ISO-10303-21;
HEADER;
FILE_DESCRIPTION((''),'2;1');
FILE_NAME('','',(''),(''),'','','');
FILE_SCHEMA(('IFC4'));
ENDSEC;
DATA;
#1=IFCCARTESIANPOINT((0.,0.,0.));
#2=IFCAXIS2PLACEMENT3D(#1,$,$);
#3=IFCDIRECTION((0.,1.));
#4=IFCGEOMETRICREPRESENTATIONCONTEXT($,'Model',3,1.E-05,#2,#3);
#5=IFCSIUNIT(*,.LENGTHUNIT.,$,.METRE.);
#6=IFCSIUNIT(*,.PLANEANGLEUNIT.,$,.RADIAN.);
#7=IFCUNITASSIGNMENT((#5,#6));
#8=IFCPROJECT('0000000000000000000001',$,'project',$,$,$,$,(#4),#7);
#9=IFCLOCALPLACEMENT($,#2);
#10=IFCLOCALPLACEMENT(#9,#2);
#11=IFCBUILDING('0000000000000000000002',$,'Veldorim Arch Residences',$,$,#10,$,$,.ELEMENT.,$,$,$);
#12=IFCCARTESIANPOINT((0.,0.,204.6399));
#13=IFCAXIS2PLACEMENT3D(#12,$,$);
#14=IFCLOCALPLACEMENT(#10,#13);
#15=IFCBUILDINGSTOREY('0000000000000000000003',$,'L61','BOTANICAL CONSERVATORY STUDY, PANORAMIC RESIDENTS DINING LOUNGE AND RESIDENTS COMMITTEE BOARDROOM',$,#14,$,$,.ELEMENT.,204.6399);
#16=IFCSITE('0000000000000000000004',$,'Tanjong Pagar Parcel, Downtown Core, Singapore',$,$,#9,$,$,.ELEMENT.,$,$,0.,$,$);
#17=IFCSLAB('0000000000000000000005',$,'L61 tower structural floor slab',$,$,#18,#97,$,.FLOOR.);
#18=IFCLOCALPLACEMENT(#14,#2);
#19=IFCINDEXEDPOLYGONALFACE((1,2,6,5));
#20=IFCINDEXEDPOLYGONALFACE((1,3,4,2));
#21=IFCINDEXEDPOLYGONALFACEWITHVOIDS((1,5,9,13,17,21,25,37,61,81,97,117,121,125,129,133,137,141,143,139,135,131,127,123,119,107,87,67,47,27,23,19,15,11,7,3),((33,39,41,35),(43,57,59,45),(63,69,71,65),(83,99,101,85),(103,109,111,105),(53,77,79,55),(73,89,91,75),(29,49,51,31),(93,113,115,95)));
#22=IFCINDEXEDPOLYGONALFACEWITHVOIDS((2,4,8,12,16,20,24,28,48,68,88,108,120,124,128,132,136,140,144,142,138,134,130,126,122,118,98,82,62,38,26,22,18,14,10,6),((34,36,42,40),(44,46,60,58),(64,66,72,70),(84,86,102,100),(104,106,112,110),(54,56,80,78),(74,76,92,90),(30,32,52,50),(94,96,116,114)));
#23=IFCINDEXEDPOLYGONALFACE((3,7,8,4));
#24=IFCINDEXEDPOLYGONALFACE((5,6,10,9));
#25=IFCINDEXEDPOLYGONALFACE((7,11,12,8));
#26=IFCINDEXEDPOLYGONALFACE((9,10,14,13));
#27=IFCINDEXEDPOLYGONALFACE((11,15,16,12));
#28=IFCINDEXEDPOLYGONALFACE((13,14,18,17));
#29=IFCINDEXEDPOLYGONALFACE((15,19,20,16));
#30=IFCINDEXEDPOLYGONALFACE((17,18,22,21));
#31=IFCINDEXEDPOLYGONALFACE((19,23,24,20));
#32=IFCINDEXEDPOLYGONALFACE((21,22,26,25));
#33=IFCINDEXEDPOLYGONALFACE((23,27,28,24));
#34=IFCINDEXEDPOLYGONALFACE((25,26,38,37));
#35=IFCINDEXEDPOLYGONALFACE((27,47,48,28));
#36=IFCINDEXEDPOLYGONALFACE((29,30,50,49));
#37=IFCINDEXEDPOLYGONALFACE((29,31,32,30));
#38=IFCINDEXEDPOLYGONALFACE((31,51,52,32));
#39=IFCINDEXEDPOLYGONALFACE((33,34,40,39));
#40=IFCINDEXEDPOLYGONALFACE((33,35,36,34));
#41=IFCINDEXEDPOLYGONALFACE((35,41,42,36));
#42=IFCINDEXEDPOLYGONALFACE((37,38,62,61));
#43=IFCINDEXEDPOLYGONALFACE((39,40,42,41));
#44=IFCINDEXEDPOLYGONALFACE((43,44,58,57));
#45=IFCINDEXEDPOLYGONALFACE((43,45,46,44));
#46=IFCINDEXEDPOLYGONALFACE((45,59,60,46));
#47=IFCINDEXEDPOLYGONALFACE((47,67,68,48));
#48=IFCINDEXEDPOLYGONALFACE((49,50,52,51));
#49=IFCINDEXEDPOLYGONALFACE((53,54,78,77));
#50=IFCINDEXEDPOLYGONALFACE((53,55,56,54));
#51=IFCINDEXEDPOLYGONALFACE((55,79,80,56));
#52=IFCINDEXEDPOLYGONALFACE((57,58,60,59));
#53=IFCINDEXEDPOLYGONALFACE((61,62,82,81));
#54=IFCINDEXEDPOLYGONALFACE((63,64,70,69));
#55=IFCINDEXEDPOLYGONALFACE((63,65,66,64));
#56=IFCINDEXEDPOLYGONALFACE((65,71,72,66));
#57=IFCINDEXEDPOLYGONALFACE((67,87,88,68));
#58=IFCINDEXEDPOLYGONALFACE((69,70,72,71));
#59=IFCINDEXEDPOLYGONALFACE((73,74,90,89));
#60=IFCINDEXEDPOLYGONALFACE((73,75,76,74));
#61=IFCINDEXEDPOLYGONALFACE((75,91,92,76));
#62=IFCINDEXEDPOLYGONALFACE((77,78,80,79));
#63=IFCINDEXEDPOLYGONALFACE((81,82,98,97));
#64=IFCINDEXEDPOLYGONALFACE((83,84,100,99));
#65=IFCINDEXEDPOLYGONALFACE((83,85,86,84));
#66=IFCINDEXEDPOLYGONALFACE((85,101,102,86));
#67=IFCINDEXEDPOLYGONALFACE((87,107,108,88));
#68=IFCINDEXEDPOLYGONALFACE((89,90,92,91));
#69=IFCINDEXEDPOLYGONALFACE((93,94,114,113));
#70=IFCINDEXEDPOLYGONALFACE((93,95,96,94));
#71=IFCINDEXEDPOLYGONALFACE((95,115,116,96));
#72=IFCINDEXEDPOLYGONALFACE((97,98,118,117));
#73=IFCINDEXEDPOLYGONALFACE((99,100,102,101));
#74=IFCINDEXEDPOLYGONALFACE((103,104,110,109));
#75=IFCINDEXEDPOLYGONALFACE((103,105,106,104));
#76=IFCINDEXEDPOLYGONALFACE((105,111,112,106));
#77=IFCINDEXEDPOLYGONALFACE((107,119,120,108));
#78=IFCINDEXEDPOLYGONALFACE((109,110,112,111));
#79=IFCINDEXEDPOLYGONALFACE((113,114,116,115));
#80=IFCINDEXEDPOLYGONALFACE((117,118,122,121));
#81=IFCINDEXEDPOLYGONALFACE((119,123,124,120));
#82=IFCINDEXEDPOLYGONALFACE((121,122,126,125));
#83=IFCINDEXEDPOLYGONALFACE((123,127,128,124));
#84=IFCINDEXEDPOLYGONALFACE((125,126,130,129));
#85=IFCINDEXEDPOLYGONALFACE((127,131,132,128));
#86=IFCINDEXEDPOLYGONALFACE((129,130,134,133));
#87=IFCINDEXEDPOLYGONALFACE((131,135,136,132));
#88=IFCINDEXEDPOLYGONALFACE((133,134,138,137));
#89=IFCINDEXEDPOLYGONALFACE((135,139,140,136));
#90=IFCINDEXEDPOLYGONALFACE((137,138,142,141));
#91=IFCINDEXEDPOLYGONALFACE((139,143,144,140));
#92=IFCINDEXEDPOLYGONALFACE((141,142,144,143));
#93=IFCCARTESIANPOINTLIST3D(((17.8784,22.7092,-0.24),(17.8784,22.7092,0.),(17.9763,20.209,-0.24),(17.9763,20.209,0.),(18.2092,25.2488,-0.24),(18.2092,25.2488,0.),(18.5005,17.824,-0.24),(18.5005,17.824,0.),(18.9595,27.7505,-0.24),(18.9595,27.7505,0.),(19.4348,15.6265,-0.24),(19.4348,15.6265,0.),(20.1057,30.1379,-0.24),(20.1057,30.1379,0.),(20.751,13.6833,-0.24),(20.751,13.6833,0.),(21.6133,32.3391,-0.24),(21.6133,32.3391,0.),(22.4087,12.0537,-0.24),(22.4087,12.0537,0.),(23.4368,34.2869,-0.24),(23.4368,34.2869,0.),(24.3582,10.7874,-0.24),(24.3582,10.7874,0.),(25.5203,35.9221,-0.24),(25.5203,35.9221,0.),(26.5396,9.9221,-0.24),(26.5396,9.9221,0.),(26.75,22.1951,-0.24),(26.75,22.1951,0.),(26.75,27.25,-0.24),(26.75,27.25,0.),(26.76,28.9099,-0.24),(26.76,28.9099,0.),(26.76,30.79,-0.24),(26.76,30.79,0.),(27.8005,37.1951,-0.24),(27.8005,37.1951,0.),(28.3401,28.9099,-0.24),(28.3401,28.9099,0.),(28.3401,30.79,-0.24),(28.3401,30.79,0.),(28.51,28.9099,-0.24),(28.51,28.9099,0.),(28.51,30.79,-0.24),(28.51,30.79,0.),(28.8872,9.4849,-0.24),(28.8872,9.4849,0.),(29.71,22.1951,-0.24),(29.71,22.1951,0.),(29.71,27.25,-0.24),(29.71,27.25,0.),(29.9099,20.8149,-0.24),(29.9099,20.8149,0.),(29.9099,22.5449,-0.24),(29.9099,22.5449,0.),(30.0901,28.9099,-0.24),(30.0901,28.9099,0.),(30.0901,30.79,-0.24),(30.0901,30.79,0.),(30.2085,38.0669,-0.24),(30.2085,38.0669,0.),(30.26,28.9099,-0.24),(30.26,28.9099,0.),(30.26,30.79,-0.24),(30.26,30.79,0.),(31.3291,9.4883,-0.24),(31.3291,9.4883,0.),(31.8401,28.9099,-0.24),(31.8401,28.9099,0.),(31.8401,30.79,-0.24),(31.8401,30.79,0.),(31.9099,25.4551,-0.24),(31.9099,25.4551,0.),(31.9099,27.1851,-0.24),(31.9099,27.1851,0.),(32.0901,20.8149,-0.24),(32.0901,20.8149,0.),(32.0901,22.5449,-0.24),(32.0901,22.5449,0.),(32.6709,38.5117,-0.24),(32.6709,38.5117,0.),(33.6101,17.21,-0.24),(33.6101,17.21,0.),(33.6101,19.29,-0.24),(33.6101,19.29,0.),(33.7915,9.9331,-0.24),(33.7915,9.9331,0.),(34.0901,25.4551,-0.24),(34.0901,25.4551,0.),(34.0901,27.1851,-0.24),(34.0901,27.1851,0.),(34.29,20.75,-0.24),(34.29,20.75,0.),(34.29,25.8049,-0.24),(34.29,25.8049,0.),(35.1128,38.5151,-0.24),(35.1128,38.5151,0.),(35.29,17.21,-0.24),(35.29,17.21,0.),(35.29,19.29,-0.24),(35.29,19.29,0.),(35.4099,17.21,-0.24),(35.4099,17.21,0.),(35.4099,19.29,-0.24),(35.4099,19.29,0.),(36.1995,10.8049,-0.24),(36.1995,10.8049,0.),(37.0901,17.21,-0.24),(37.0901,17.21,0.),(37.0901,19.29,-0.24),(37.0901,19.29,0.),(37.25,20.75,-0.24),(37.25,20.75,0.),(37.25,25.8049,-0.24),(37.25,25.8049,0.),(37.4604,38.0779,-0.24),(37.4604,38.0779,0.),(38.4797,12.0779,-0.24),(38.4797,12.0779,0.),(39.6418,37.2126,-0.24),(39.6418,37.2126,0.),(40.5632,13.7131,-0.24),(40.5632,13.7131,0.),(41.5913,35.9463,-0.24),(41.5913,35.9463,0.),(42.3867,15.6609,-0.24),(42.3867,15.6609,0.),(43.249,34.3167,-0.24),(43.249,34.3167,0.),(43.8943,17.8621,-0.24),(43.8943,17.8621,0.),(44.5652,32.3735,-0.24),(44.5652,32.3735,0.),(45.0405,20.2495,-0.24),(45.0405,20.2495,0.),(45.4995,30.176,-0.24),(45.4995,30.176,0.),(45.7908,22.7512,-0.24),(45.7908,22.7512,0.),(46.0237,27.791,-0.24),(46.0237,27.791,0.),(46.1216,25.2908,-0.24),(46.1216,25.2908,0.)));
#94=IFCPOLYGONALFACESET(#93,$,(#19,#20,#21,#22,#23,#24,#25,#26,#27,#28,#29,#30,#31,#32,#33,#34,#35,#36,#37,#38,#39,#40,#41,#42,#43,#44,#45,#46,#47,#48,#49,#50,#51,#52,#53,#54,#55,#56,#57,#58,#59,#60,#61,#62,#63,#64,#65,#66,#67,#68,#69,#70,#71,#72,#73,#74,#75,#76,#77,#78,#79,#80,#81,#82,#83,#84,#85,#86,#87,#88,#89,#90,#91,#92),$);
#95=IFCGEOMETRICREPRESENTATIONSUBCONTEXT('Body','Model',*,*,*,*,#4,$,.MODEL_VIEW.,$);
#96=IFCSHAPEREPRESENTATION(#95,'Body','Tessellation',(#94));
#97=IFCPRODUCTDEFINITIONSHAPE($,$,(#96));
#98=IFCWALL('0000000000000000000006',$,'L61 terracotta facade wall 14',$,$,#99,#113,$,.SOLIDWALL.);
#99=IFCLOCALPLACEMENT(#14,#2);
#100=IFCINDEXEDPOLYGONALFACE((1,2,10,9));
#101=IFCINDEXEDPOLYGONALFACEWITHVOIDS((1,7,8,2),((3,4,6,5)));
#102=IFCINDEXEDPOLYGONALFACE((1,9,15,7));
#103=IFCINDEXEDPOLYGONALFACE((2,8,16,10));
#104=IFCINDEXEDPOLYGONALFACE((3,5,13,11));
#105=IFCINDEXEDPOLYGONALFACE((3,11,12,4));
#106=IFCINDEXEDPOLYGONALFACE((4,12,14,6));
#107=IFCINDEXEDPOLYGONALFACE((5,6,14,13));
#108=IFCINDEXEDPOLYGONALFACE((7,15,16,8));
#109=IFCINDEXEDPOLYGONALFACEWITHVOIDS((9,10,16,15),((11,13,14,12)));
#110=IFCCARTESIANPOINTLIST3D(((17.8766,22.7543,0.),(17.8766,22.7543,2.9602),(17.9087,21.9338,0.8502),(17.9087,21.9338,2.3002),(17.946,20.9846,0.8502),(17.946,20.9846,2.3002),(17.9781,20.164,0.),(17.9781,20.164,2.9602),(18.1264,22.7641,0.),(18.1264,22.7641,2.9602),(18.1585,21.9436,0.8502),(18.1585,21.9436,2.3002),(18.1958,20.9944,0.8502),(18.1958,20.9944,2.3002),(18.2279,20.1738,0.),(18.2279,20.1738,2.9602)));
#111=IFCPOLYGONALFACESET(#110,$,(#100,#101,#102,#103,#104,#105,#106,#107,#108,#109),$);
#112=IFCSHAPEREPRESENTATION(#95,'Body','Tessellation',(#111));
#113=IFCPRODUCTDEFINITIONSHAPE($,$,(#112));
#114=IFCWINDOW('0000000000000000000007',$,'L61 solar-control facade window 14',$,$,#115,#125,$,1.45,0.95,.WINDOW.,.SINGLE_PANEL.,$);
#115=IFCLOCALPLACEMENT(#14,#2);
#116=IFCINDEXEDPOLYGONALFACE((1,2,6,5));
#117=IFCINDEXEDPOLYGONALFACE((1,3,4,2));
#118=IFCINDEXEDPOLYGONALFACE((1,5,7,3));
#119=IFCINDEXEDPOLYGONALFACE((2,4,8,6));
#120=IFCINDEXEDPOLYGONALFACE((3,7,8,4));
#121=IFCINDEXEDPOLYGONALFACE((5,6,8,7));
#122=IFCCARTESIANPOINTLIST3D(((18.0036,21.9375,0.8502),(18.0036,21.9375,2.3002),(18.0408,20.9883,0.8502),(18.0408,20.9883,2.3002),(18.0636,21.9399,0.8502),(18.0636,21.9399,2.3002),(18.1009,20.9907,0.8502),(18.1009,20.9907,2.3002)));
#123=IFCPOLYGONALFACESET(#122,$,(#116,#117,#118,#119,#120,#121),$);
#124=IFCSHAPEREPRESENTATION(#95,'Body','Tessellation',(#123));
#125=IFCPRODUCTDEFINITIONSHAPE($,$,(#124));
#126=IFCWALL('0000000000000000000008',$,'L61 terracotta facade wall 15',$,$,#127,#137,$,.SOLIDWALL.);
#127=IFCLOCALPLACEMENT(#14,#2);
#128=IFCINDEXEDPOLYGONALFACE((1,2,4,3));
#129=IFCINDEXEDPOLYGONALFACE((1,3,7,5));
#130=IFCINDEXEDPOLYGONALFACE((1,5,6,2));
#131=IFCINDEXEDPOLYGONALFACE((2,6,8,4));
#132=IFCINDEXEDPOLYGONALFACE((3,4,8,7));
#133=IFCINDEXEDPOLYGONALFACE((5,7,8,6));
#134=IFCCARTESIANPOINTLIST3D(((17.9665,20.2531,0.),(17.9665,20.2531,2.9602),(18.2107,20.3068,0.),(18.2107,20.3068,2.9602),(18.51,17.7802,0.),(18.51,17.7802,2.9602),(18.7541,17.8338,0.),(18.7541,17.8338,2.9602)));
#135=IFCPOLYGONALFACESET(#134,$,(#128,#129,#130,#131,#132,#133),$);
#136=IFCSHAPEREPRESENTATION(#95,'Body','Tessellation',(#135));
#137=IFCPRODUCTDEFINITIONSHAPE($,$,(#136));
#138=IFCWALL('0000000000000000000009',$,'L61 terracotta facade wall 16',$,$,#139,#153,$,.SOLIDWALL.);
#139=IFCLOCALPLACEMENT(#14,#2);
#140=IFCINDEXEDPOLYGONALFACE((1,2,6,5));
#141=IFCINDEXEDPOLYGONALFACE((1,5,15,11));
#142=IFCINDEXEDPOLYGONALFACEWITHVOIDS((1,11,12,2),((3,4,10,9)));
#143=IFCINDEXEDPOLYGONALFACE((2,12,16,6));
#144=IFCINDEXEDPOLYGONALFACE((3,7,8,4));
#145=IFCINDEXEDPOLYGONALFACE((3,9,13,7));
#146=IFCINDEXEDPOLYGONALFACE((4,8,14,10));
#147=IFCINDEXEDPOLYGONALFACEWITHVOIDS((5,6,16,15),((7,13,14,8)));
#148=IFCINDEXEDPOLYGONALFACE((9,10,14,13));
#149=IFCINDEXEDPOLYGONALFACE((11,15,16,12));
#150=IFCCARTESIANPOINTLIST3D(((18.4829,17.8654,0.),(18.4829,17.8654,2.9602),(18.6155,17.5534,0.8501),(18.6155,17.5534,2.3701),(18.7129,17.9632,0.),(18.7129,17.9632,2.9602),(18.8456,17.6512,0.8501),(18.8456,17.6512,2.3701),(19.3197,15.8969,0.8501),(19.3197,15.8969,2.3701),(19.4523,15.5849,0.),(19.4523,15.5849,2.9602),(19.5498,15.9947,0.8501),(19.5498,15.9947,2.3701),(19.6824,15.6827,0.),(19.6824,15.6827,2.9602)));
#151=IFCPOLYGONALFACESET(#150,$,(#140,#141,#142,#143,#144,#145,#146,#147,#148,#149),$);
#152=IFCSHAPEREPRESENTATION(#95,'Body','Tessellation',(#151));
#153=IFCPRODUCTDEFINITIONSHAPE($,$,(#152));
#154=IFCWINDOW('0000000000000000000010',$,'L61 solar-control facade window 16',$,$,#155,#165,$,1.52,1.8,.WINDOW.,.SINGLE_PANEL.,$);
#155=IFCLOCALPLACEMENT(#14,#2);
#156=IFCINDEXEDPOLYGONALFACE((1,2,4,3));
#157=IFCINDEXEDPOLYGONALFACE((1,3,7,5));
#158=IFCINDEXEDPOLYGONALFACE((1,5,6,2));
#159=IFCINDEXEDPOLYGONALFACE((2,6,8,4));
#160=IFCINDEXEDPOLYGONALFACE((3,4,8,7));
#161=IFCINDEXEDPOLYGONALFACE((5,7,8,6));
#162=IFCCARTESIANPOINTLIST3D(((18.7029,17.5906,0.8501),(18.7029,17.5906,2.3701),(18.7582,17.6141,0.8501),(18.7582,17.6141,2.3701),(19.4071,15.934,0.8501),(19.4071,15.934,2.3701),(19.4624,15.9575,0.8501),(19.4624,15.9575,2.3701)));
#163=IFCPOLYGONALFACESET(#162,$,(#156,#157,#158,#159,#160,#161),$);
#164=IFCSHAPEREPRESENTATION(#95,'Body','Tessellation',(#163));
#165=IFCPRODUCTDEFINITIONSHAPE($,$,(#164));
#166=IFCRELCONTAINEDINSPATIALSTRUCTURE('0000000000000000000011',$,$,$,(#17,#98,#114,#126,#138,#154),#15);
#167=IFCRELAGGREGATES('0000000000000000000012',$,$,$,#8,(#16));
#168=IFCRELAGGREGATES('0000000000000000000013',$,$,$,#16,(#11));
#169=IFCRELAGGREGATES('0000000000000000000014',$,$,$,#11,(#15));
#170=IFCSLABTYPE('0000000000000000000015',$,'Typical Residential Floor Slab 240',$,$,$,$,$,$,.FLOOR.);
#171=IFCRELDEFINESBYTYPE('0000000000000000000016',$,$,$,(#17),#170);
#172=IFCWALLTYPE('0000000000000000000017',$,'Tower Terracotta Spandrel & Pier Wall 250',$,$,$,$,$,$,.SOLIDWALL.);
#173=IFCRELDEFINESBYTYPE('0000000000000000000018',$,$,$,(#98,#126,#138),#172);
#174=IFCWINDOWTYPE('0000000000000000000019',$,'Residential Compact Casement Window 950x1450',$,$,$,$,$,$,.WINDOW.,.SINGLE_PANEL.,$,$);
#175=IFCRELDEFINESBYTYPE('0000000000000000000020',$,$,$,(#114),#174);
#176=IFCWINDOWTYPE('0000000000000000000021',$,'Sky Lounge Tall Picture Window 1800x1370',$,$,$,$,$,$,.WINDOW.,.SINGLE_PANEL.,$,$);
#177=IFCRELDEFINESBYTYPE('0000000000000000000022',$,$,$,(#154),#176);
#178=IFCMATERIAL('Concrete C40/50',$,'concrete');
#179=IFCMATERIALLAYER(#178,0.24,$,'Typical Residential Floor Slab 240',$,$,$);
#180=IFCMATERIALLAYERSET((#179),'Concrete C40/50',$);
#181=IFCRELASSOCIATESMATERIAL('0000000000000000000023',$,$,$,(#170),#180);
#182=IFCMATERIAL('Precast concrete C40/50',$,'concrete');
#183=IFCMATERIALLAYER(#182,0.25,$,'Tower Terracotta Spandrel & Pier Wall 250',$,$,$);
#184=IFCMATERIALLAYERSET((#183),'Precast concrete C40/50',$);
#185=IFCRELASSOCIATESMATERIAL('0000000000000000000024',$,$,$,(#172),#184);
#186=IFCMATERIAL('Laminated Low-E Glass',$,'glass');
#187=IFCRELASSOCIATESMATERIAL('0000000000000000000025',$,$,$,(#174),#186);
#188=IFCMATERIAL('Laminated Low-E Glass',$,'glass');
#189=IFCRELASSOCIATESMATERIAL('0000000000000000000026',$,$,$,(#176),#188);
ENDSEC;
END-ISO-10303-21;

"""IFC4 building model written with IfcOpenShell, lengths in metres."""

from ifc_helpers import new_model, si_unit, direction, frame, frame_2d, origin, place, context, subcontext, project, spatial, polyline, rectangle, outline, extrude, material, layer, layer_set, type_object, element, fill, save


model = new_model("IFC4")

# Units and contexts
model_context = context("Model", 3, precision=1e-05, world=origin(), true_north=direction((0.0, 1.0)))
body_context = subcontext(model_context, "Body", "Model", "MODEL_VIEW")
ifc_project = project(units=[si_unit("LENGTHUNIT", "METRE"), si_unit("PLANEANGLEUNIT", "RADIAN")], contexts=[model_context])

# Site, building, storey
site_placement = place(None, origin())
site = spatial("IfcSite", under=ifc_project, at=site_placement, Name="Tanjong Pagar Parcel, Downtown Core, Singapore", CompositionType="ELEMENT", RefElevation=0.0)
building_placement = place(site_placement, origin())
building = spatial("IfcBuilding", under=site, at=building_placement, Name="Veldorim Arch Residences", CompositionType="ELEMENT")
storey_placement = place(building_placement, frame((0.0, 0.0, 204.6399)))
storey = spatial("IfcBuildingStorey", under=building, at=storey_placement, Name="L61", Description="BOTANICAL CONSERVATORY STUDY, PANORAMIC RESIDENTS DINING LOUNGE AND RESIDENTS COMMITTEE BOARDROOM", CompositionType="ELEMENT", Elevation=204.6399)

# Slab
ifc_material_1 = material(Name="Concrete C40/50", Category="concrete")
ifc_layer_1 = layer(ifc_material_1, 0.24, Name="Typical Residential Floor Slab 240")
ifc_layer_set_1 = layer_set([ifc_layer_1], Name="Concrete C40/50")
slab_type_1 = type_object("IfcSlabType", Name="Typical Residential Floor Slab 240", PredefinedType="FLOOR", material=ifc_layer_set_1)
slab_1_placement = place(storey_placement, frame((0.0, 0.0, -0.24)))
element("IfcSlab", 1, at=slab_1_placement, inside=storey, type_object=slab_type_1, Name="L61 tower structural floor slab", PredefinedType="FLOOR", context=body_context, shape_type="SweptSolid", body=[
    extrude(outline(polyline([(41.5913, 35.9463), (39.6418, 37.2126), (37.4604, 38.0779), (35.1128, 38.5151), (32.6709, 38.5117), (30.2085, 38.0669), (27.8005, 37.1951), (25.5203, 35.9221), (23.4368, 34.2869), (21.6133, 32.3391), (20.1057, 30.1379), (18.9595, 27.7505), (18.2092, 25.2488), (17.8784, 22.7092), (17.9763, 20.209), (18.5005, 17.824), (19.4348, 15.6265), (20.751, 13.6833), (22.4087, 12.0537), (24.3582, 10.7874), (26.5396, 9.9221), (28.8872, 9.4849), (31.3291, 9.4883), (33.7915, 9.9331), (36.1995, 10.8049), (38.4797, 12.0779), (40.5632, 13.7131), (42.3867, 15.6609), (43.8943, 17.8621), (45.0405, 20.2495), (45.7908, 22.7512), (46.1216, 25.2908), (46.0237, 27.791), (45.4995, 30.176), (44.5652, 32.3735), (43.249, 34.3167), (41.5913, 35.9463)]), holes=[polyline([(33.6101, 17.21), (33.6101, 19.29), (35.29, 19.29), (35.29, 17.21), (33.6101, 17.21)]), polyline([(35.4099, 17.21), (35.4099, 19.29), (37.0901, 19.29), (37.0901, 17.21), (35.4099, 17.21)]), polyline([(29.9099, 20.8149), (29.9099, 22.5449), (32.0901, 22.5449), (32.0901, 20.8149), (29.9099, 20.8149)]), polyline([(34.29, 20.75), (34.29, 25.8049), (37.25, 25.8049), (37.25, 20.75), (34.29, 20.75)]), polyline([(26.75, 22.1951), (26.75, 27.25), (29.71, 27.25), (29.71, 22.1951), (26.75, 22.1951)]), polyline([(31.9099, 25.4551), (31.9099, 27.1851), (34.0901, 27.1851), (34.0901, 25.4551), (31.9099, 25.4551)]), polyline([(26.76, 28.9099), (26.76, 30.79), (28.3401, 30.79), (28.3401, 28.9099), (26.76, 28.9099)]), polyline([(28.51, 30.79), (30.0901, 30.79), (30.0901, 28.9099), (28.51, 28.9099), (28.51, 30.79)]), polyline([(30.26, 30.79), (31.8401, 30.79), (31.8401, 28.9099), (30.26, 28.9099), (30.26, 30.79)])]), origin(), (0.0, 0.0, 1.0), 0.24),
])

# Wall, opening, window
ifc_material_2 = material(Name="Precast concrete C40/50", Category="concrete")
ifc_layer_2 = layer(ifc_material_2, 0.25, Name="Tower Terracotta Spandrel & Pier Wall 250")
ifc_layer_set_2 = layer_set([ifc_layer_2], Name="Precast concrete C40/50")
wall_type = type_object("IfcWallType", Name="Tower Terracotta Spandrel & Pier Wall 250", PredefinedType="SOLIDWALL", material=ifc_layer_set_2)
wall_1_placement = place(storey_placement, frame((18.103, 20.1689, 0.0), z_axis=(0.0, 0.0, 1.0), x_axis=(-0.039178, 0.999232, 0.0)))
wall_1 = element("IfcWall", 2, at=wall_1_placement, inside=storey, type_object=wall_type, Name="L61 terracotta facade wall 14", PredefinedType="SOLIDWALL", context=body_context, shape_type="SweptSolid", body=[
    extrude(rectangle(XDim=2.5923, YDim=0.25, at=frame_2d((1.2961, 0.0))), origin(), (0.0, 0.0, 1.0), 2.9602),
])
opening_1_placement = place(wall_1_placement, frame((0.821, 0.0, 0.8501)))
opening_1 = element("IfcOpeningElement", 3, at=opening_1_placement, cuts=wall_1, PredefinedType="OPENING", context=body_context, shape_type="SweptSolid", body=[
    extrude(rectangle(XDim=0.95, YDim=1.45, at=frame_2d((0.4751, 0.7251))), frame((0.0, 0.135, 0.0), z_axis=(0.0, -1.0, 0.0), x_axis=(1.0, 0.0, 0.0)), (0.0, 0.0, 1.0), 0.27),
])
ifc_material_3 = material(Name="Laminated Low-E Glass", Category="glass")
window_type_1 = type_object("IfcWindowType", Name="Residential Compact Casement Window 950x1450", PartitioningType="SINGLE_PANEL", PredefinedType="WINDOW", material=ifc_material_3)
window_1_placement = place(opening_1_placement, origin())
window_1 = element("IfcWindow", 4, at=window_1_placement, inside=storey, type_object=window_type_1, Name="L61 solar-control facade window 14", OverallHeight=1.45, OverallWidth=0.95, PartitioningType="SINGLE_PANEL", PredefinedType="WINDOW", context=body_context, shape_type="SweptSolid", body=[
    extrude(rectangle(XDim=0.95, YDim=1.45, at=frame_2d((0.4751, 0.7251))), frame((0.0, 0.03, 0.0), z_axis=(0.0, -1.0, 0.0), x_axis=(1.0, 0.0, 0.0)), (0.0, 0.0, 1.0), 0.0601),
])
fill(opening_1, window_1)

# Wall
wall_2_placement = place(storey_placement, frame((18.6321, 17.8069, 0.0), z_axis=(0.0, 0.0, 1.0), x_axis=(-0.214643, 0.976693, 0.0)))
element("IfcWall", 5, at=wall_2_placement, inside=storey, type_object=wall_type, Name="L61 terracotta facade wall 15", PredefinedType="SOLIDWALL", context=body_context, shape_type="SweptSolid", body=[
    extrude(rectangle(XDim=2.532, YDim=0.25, at=frame_2d((1.2661, 0.0))), origin(), (0.0, 0.0, 1.0), 2.9602),
])

# Wall, opening, window
wall_3_placement = place(storey_placement, frame((19.5674, 15.6338, 0.0), z_axis=(0.0, 0.0, 1.0), x_axis=(-0.39123, 0.920293, 0.0)))
wall_3 = element("IfcWall", 6, at=wall_3_placement, inside=storey, type_object=wall_type, Name="L61 terracotta facade wall 16", PredefinedType="SOLIDWALL", context=body_context, shape_type="SweptSolid", body=[
    extrude(rectangle(XDim=2.478, YDim=0.25, at=frame_2d((1.239, 0.0))), origin(), (0.0, 0.0, 1.0), 2.9602),
])
opening_2_placement = place(wall_3_placement, frame((0.3391, 0.0, 0.8501)))
opening_2 = element("IfcOpeningElement", 7, at=opening_2_placement, cuts=wall_3, PredefinedType="OPENING", context=body_context, shape_type="SweptSolid", body=[
    extrude(rectangle(XDim=1.8, YDim=1.52, at=frame_2d((0.8999, 0.76))), frame((0.0, 0.135, 0.0), z_axis=(0.0, -1.0, 0.0), x_axis=(1.0, 0.0, 0.0)), (0.0, 0.0, 1.0), 0.27),
])
ifc_material_4 = material(Name="Laminated Low-E Glass", Category="glass")
window_type_2 = type_object("IfcWindowType", Name="Sky Lounge Tall Picture Window 1800x1370", PartitioningType="SINGLE_PANEL", PredefinedType="WINDOW", material=ifc_material_4)
window_2_placement = place(opening_2_placement, origin())
window_2 = element("IfcWindow", 8, at=window_2_placement, inside=storey, type_object=window_type_2, Name="L61 solar-control facade window 16", OverallHeight=1.52, OverallWidth=1.8, PartitioningType="SINGLE_PANEL", PredefinedType="WINDOW", context=body_context, shape_type="SweptSolid", body=[
    extrude(rectangle(XDim=1.8, YDim=1.52, at=frame_2d((0.8999, 0.76))), frame((0.0, 0.03, 0.0), z_axis=(0.0, -1.0, 0.0), x_axis=(1.0, 0.0, 0.0)), (0.0, 0.0, 1.0), 0.0601),
])
fill(opening_2, window_2)

save(model, "model.ifc")
